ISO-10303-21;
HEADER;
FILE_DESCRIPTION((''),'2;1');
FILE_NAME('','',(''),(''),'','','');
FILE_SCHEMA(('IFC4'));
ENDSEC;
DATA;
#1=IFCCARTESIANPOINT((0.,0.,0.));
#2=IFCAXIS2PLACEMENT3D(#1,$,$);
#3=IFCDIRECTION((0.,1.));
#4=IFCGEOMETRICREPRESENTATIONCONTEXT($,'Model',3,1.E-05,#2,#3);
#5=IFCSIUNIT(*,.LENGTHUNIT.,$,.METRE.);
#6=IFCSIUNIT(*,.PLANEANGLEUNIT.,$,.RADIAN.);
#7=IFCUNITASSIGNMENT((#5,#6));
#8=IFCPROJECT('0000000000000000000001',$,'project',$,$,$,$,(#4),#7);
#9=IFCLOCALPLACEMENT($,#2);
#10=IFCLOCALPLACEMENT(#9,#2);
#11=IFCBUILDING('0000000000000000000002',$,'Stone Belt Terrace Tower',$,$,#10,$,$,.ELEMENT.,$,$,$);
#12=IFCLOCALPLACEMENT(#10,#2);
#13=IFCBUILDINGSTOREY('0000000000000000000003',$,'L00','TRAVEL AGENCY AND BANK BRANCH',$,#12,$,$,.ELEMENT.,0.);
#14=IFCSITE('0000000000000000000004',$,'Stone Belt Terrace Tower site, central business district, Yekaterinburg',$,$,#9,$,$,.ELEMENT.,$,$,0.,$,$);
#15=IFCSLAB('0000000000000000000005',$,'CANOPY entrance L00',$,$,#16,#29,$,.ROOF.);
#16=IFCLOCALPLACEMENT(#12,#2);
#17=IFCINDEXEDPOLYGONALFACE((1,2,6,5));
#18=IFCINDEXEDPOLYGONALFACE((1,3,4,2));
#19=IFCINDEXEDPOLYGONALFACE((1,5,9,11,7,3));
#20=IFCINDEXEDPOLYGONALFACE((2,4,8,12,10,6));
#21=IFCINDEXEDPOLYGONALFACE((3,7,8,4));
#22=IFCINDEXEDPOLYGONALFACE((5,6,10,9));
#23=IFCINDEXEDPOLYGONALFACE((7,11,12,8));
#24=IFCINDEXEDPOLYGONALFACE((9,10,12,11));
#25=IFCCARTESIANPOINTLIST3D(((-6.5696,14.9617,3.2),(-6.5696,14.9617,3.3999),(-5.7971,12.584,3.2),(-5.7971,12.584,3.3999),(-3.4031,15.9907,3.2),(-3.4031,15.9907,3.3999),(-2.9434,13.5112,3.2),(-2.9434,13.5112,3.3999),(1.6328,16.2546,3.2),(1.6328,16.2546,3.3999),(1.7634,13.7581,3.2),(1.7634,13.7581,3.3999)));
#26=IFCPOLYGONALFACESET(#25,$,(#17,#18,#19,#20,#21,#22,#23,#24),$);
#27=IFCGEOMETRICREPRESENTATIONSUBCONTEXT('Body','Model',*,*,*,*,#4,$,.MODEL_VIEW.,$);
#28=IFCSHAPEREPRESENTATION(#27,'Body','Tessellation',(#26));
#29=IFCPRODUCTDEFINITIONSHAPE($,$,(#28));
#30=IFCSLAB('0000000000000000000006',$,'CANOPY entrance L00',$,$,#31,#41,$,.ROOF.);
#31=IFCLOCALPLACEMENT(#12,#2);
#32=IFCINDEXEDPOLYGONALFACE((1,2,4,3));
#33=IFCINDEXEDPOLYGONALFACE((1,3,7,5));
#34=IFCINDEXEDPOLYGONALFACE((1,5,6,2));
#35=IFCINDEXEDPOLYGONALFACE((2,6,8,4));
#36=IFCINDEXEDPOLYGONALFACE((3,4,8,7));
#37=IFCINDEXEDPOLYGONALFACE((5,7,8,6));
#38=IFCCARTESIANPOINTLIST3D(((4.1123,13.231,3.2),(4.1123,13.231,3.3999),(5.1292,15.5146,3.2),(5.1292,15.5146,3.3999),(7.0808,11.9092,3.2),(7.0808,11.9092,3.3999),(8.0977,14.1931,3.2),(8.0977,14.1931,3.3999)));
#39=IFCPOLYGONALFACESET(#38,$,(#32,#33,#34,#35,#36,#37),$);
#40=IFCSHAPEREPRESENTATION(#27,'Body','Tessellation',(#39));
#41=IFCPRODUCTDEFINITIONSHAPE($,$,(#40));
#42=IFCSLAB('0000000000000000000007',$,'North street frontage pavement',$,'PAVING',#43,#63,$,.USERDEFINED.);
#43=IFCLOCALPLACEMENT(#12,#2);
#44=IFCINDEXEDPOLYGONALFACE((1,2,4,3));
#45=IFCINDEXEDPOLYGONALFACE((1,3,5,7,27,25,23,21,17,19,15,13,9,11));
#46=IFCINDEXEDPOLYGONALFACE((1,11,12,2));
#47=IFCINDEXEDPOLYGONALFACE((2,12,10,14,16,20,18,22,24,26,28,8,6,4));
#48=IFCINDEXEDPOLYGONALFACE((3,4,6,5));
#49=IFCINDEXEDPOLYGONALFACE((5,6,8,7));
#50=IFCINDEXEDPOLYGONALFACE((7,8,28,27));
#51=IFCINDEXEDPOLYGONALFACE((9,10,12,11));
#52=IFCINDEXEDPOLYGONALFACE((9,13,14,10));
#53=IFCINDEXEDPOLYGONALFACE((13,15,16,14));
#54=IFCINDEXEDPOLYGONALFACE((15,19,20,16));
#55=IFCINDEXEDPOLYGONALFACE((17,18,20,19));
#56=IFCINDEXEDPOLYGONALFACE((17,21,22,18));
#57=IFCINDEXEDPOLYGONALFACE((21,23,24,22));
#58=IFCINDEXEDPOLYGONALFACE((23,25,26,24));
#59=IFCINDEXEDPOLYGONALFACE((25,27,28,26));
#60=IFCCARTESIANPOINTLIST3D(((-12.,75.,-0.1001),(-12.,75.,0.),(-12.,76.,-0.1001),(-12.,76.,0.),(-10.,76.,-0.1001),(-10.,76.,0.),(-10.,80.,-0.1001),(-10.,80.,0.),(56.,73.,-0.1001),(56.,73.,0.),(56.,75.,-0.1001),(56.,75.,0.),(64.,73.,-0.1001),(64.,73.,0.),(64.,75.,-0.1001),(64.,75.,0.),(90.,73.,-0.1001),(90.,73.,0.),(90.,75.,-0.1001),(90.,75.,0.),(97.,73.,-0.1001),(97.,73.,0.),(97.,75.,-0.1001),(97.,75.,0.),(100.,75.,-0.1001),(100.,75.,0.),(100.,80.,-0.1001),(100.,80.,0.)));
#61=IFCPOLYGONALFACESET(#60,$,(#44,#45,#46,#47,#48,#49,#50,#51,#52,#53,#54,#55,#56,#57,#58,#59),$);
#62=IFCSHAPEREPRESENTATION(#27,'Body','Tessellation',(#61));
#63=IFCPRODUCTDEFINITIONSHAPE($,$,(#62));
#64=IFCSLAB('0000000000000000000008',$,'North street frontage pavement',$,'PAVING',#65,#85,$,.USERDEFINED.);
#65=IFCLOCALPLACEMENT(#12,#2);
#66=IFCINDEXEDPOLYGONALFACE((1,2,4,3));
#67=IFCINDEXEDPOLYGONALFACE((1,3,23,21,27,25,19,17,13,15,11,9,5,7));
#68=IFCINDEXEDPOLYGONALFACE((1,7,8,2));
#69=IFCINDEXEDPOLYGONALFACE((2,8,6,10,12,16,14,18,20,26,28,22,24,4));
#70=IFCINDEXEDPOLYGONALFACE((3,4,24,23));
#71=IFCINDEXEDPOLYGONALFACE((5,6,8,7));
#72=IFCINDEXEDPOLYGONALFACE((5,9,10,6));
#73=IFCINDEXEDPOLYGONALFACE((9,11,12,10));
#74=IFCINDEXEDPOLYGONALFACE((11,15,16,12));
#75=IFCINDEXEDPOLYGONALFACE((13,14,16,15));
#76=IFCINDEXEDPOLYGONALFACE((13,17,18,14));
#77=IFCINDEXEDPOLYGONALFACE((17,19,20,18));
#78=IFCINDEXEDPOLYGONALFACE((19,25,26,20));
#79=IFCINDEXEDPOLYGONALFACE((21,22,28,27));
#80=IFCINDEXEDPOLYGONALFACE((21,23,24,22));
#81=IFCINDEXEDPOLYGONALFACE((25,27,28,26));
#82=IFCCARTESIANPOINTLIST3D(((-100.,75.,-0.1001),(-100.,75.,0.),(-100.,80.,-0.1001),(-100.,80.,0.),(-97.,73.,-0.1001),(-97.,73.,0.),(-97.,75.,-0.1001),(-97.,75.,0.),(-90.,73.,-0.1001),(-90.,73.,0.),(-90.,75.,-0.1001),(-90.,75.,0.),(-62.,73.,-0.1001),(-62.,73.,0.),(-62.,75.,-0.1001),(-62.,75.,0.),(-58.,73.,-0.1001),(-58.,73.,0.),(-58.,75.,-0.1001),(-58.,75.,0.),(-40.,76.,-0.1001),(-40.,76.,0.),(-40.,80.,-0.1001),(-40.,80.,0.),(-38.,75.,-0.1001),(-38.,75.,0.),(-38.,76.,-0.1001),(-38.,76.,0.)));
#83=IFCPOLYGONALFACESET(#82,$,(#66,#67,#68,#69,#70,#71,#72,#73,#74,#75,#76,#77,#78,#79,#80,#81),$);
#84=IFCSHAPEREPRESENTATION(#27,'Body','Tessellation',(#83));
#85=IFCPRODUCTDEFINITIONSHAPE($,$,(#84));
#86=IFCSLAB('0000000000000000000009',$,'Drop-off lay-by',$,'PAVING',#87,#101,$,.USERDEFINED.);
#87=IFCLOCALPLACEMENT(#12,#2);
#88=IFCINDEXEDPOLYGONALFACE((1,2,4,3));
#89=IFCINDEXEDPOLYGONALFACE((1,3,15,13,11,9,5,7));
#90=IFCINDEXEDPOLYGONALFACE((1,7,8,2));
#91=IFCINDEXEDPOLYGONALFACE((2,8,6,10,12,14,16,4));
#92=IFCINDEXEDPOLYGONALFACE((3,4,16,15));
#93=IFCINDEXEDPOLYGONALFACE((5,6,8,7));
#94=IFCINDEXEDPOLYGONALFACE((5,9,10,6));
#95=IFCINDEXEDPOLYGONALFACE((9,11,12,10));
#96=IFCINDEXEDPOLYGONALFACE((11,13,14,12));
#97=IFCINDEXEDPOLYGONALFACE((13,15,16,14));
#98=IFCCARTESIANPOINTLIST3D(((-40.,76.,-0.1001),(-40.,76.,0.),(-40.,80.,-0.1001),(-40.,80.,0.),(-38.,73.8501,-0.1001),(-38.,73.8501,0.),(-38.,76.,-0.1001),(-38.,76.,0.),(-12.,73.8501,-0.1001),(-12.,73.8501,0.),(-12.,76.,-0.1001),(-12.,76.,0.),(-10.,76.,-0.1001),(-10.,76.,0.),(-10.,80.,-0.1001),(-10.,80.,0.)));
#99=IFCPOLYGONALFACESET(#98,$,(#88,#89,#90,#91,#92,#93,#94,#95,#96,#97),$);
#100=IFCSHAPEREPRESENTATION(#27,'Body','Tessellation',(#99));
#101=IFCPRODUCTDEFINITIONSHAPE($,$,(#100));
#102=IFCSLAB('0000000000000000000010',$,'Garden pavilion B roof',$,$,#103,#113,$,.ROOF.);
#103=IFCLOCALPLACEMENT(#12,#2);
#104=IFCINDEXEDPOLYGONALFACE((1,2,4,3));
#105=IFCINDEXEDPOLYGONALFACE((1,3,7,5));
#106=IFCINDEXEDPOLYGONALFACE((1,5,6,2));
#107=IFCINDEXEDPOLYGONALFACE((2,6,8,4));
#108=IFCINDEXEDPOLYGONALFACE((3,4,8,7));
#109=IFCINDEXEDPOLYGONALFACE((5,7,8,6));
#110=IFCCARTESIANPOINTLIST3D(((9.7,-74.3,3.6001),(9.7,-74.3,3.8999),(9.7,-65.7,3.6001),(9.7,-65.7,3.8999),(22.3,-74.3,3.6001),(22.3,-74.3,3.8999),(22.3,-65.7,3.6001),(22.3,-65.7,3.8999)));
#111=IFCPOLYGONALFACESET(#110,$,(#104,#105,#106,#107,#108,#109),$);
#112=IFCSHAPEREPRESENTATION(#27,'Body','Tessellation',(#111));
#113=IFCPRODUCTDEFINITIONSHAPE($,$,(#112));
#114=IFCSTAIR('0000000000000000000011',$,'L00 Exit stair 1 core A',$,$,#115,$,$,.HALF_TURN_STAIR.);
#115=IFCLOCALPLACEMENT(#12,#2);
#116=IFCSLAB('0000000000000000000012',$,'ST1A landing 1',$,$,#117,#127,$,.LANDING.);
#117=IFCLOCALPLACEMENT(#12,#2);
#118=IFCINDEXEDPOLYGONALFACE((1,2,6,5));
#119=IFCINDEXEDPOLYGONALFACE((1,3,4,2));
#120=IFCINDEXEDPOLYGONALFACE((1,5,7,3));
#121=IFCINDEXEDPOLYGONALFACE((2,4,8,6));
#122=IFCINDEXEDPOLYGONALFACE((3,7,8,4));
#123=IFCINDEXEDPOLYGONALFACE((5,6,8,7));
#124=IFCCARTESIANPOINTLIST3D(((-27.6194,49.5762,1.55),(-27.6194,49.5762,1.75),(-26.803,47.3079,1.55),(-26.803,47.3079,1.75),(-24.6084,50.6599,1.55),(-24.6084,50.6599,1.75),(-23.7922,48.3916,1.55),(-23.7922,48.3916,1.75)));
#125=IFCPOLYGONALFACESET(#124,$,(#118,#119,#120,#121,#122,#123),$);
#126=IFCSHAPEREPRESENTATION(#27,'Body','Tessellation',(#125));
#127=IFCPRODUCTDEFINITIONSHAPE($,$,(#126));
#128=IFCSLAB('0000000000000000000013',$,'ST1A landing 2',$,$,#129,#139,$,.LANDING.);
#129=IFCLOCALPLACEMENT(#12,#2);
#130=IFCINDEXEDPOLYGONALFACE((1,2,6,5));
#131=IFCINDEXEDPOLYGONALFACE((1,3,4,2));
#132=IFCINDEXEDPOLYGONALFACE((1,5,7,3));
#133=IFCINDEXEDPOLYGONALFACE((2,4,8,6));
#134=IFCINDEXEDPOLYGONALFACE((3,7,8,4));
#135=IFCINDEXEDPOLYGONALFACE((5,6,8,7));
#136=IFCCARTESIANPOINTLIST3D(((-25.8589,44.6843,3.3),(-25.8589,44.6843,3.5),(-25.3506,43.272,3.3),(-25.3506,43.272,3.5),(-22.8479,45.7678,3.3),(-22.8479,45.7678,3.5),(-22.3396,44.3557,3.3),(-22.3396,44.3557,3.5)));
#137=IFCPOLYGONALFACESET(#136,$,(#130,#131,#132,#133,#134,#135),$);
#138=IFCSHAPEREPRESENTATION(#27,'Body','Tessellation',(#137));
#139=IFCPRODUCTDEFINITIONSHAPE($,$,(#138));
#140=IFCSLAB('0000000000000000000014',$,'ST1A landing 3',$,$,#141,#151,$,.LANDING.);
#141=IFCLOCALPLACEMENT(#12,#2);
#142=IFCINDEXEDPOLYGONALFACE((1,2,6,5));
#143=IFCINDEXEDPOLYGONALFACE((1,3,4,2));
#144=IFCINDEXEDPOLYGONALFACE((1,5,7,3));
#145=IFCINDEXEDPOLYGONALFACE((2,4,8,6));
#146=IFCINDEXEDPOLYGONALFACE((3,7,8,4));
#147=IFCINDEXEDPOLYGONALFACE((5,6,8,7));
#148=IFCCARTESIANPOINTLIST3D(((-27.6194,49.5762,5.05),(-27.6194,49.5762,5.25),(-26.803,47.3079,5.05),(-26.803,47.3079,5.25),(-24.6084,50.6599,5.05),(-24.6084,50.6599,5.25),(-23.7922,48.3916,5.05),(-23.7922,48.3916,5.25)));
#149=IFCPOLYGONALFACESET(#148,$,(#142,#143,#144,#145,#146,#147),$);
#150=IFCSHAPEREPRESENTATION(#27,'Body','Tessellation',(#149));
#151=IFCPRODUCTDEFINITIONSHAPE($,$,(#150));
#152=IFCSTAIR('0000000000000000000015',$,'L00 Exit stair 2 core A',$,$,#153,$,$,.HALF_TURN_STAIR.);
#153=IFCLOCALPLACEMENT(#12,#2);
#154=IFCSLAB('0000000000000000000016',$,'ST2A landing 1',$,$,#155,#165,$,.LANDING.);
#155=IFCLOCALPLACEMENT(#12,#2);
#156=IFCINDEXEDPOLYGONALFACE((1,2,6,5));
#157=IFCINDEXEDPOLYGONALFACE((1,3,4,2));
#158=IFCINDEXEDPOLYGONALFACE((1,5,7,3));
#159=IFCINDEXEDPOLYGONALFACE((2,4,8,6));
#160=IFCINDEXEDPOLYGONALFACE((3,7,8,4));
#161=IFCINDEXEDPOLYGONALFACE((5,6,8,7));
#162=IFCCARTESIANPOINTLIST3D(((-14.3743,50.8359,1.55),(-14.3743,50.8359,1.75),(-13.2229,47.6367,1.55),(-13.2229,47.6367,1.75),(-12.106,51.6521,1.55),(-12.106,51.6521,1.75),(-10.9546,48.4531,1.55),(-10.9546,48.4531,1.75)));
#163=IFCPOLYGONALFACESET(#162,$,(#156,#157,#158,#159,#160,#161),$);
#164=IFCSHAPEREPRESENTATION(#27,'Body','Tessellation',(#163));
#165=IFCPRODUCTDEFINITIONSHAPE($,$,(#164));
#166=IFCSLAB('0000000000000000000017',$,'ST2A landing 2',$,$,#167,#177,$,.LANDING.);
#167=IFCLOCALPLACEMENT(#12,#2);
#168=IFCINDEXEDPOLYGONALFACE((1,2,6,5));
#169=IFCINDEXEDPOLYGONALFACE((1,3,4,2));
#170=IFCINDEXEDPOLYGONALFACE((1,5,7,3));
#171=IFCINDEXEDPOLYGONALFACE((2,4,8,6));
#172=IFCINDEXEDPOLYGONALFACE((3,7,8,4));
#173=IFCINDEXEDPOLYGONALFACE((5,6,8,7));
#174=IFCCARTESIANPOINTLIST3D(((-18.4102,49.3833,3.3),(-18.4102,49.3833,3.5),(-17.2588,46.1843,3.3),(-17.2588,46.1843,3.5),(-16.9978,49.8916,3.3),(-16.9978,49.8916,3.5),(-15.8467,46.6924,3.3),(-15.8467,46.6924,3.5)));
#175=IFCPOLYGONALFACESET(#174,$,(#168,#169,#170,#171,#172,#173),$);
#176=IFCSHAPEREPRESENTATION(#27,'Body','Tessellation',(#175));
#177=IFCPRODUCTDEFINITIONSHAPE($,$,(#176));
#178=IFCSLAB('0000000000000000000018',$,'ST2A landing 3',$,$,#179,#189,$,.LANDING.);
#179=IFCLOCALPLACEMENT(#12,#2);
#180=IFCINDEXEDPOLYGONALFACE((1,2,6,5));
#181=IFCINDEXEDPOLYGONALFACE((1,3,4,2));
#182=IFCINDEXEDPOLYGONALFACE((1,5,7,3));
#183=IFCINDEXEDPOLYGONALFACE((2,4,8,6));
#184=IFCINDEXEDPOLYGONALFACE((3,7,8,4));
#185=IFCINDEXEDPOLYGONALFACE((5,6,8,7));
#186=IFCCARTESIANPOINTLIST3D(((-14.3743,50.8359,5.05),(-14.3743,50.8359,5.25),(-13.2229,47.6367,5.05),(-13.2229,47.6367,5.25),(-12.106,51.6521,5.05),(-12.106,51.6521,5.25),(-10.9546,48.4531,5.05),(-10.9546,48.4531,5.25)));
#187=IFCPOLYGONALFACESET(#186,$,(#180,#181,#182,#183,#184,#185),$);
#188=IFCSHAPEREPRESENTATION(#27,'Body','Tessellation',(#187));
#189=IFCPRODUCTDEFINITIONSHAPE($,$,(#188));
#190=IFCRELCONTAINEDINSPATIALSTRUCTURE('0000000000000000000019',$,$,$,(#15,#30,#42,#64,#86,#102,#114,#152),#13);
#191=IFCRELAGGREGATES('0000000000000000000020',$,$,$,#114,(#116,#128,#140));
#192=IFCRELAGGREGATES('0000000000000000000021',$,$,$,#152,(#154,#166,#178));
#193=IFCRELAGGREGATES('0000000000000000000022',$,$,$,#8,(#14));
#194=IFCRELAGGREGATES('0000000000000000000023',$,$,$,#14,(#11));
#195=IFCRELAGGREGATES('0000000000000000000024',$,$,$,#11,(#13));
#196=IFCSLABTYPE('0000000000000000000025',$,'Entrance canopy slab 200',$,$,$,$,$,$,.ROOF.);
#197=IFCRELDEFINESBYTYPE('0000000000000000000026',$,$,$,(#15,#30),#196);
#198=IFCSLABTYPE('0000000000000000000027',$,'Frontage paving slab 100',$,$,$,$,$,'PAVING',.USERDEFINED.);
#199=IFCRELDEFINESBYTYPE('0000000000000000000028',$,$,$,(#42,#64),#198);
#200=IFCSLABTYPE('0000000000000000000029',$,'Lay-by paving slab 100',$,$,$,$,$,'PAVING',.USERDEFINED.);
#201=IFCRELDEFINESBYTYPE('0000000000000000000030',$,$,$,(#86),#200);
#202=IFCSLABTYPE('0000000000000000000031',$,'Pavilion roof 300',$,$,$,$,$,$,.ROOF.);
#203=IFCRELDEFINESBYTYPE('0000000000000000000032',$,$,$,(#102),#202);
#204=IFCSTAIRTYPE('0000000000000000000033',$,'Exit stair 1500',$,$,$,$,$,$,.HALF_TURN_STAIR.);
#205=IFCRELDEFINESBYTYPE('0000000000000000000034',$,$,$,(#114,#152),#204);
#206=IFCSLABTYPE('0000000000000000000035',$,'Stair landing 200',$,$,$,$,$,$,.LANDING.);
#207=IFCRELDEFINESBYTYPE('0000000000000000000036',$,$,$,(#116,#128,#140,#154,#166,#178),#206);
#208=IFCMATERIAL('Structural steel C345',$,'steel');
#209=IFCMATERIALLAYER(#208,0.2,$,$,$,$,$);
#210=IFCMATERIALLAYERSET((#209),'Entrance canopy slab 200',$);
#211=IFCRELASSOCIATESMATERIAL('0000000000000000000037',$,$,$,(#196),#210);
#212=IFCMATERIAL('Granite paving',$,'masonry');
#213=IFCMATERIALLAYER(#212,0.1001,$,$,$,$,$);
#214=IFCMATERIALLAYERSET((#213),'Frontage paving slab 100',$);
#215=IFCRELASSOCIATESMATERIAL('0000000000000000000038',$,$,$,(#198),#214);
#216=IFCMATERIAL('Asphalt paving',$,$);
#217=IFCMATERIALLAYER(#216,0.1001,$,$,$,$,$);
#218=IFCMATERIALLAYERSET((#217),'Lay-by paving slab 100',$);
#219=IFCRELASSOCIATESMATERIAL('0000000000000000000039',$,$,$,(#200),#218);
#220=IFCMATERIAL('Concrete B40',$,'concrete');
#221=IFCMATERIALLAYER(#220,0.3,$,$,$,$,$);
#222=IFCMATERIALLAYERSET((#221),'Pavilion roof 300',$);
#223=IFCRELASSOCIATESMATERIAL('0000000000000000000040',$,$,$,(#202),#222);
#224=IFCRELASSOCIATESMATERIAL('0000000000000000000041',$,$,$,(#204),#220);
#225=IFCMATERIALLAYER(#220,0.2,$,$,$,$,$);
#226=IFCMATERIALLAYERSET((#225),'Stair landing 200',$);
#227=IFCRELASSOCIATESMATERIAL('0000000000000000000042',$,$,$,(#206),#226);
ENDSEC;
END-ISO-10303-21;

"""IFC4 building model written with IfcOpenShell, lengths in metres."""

from ifc_helpers import new_model, si_unit, direction, frame, origin, place, context, subcontext, project, spatial, polyline, outline, extrude, material, layer, layer_set, type_object, element, aggregate, save


model = new_model("IFC4")

# Units and contexts
model_context = context("Model", 3, precision=1e-05, world=origin(), true_north=direction((0.0, 1.0)))
body_context = subcontext(model_context, "Body", "Model", "MODEL_VIEW")
ifc_project = project(units=[si_unit("LENGTHUNIT", "METRE"), si_unit("PLANEANGLEUNIT", "RADIAN")], contexts=[model_context])

# Site, building, storey
site_placement = place(None, origin())
site = spatial("IfcSite", under=ifc_project, at=site_placement, Name="Stone Belt Terrace Tower site, central business district, Yekaterinburg", CompositionType="ELEMENT", RefElevation=0.0)
building_placement = place(site_placement, origin())
building = spatial("IfcBuilding", under=site, at=building_placement, Name="Stone Belt Terrace Tower", CompositionType="ELEMENT")
storey_placement = place(building_placement, origin())
storey = spatial("IfcBuildingStorey", under=building, at=storey_placement, Name="L00", Description="TRAVEL AGENCY AND BANK BRANCH", CompositionType="ELEMENT", Elevation=0.0)

# Slabs
ifc_material_1 = material(Name="Structural steel C345", Category="steel")
ifc_layer_1 = layer(ifc_material_1, 0.2)
ifc_layer_set_1 = layer_set([ifc_layer_1], Name="Entrance canopy slab 200")
slab_type_1 = type_object("IfcSlabType", Name="Entrance canopy slab 200", PredefinedType="ROOF", material=ifc_layer_set_1)
slab_1_placement = place(storey_placement, frame((0.0, 0.0, 3.2)))
element("IfcSlab", 1, at=slab_1_placement, inside=storey, type_object=slab_type_1, Name="CANOPY entrance L00", PredefinedType="ROOF", context=body_context, shape_type="SweptSolid", body=[
    extrude(outline(polyline([(-6.5696, 14.9617), (-3.4031, 15.9907), (1.6328, 16.2546), (1.7634, 13.7581), (-2.9434, 13.5112), (-5.7971, 12.584), (-6.5696, 14.9617)])), origin(), (0.0, 0.0, 1.0), 0.2),
])
slab_2_placement = place(storey_placement, frame((0.0, 0.0, 3.2)))
element("IfcSlab", 2, at=slab_2_placement, inside=storey, type_object=slab_type_1, Name="CANOPY entrance L00", PredefinedType="ROOF", context=body_context, shape_type="SweptSolid", body=[
    extrude(outline(polyline([(5.1292, 15.5146), (8.0977, 14.1931), (7.0808, 11.9092), (4.1123, 13.231), (5.1292, 15.5146)])), origin(), (0.0, 0.0, 1.0), 0.2),
])
ifc_material_2 = material(Name="Granite paving", Category="masonry")
ifc_layer_2 = layer(ifc_material_2, 0.1001)
ifc_layer_set_2 = layer_set([ifc_layer_2], Name="Frontage paving slab 100")
slab_type_2 = type_object("IfcSlabType", Name="Frontage paving slab 100", ElementType="PAVING", PredefinedType="USERDEFINED", material=ifc_layer_set_2)
slab_3_placement = place(storey_placement, frame((0.0, 0.0, -0.1001)))
element("IfcSlab", 3, at=slab_3_placement, inside=storey, type_object=slab_type_2, Name="North street frontage pavement", ObjectType="PAVING", PredefinedType="USERDEFINED", context=body_context, shape_type="SweptSolid", body=[
    extrude(outline(polyline([(56.0, 73.0), (64.0, 73.0), (64.0, 75.0), (90.0, 75.0), (90.0, 73.0), (97.0, 73.0), (97.0, 75.0), (100.0, 75.0), (100.0, 80.0), (-10.0, 80.0), (-10.0, 76.0), (-12.0, 76.0), (-12.0, 75.0), (56.0, 75.0), (56.0, 73.0)])), origin(), (0.0, 0.0, 1.0), 0.1001),
])
slab_4_placement = place(storey_placement, frame((0.0, 0.0, -0.1001)))
element("IfcSlab", 4, at=slab_4_placement, inside=storey, type_object=slab_type_2, Name="North street frontage pavement", ObjectType="PAVING", PredefinedType="USERDEFINED", context=body_context, shape_type="SweptSolid", body=[
    extrude(outline(polyline([(-97.0, 73.0), (-90.0, 73.0), (-90.0, 75.0), (-62.0, 75.0), (-62.0, 73.0), (-58.0, 73.0), (-58.0, 75.0), (-38.0, 75.0), (-38.0, 76.0), (-40.0, 76.0), (-40.0, 80.0), (-100.0, 80.0), (-100.0, 75.0), (-97.0, 75.0), (-97.0, 73.0)])), origin(), (0.0, 0.0, 1.0), 0.1001),
])
ifc_material_3 = material(Name="Asphalt paving")
ifc_layer_3 = layer(ifc_material_3, 0.1001)
ifc_layer_set_3 = layer_set([ifc_layer_3], Name="Lay-by paving slab 100")
slab_type_3 = type_object("IfcSlabType", Name="Lay-by paving slab 100", ElementType="PAVING", PredefinedType="USERDEFINED", material=ifc_layer_set_3)
slab_5_placement = place(storey_placement, frame((0.0, 0.0, -0.1001)))
element("IfcSlab", 5, at=slab_5_placement, inside=storey, type_object=slab_type_3, Name="Drop-off lay-by", ObjectType="PAVING", PredefinedType="USERDEFINED", context=body_context, shape_type="SweptSolid", body=[
    extrude(outline(polyline([(-38.0, 73.8501), (-12.0, 73.8501), (-12.0, 76.0), (-10.0, 76.0), (-10.0, 80.0), (-40.0, 80.0), (-40.0, 76.0), (-38.0, 76.0), (-38.0, 73.8501)])), origin(), (0.0, 0.0, 1.0), 0.1001),
])
ifc_material_4 = material(Name="Concrete B40", Category="concrete")
ifc_layer_4 = layer(ifc_material_4, 0.3)
ifc_layer_set_4 = layer_set([ifc_layer_4], Name="Pavilion roof 300")
slab_type_4 = type_object("IfcSlabType", Name="Pavilion roof 300", PredefinedType="ROOF", material=ifc_layer_set_4)
slab_6_placement = place(storey_placement, frame((0.0, 0.0, 3.6001)))
element("IfcSlab", 6, at=slab_6_placement, inside=storey, type_object=slab_type_4, Name="Garden pavilion B roof", PredefinedType="ROOF", context=body_context, shape_type="SweptSolid", body=[
    extrude(outline(polyline([(9.7, -74.3), (22.3, -74.3), (22.3, -65.7), (9.7, -65.7), (9.7, -74.3)])), origin(), (0.0, 0.0, 1.0), 0.2998),
])

# Stairs, slabs
stair_type = type_object("IfcStairType", Name="Exit stair 1500", PredefinedType="HALF_TURN_STAIR", material=ifc_material_4)
stair_1_placement = place(storey_placement, origin())
stair_1 = element("IfcStair", 7, at=stair_1_placement, inside=storey, type_object=stair_type, Name="L00 Exit stair 1 core A", PredefinedType="HALF_TURN_STAIR")
ifc_layer_5 = layer(ifc_material_4, 0.2)
ifc_layer_set_5 = layer_set([ifc_layer_5], Name="Stair landing 200")
slab_type_5 = type_object("IfcSlabType", Name="Stair landing 200", PredefinedType="LANDING", material=ifc_layer_set_5)
slab_7_placement = place(storey_placement, frame((0.0, 0.0, 1.55)))
slab_7 = element("IfcSlab", 8, at=slab_7_placement, type_object=slab_type_5, Name="ST1A landing 1", PredefinedType="LANDING", context=body_context, shape_type="SweptSolid", body=[
    extrude(outline(polyline([(-23.7922, 48.3916), (-24.6084, 50.6599), (-27.6194, 49.5762), (-26.803, 47.3079), (-23.7922, 48.3916)])), origin(), (0.0, 0.0, 1.0), 0.2),
])
slab_8_placement = place(storey_placement, frame((0.0, 0.0, 3.3)))
slab_8 = element("IfcSlab", 9, at=slab_8_placement, type_object=slab_type_5, Name="ST1A landing 2", PredefinedType="LANDING", context=body_context, shape_type="SweptSolid", body=[
    extrude(outline(polyline([(-22.3396, 44.3557), (-22.8479, 45.7678), (-25.8589, 44.6843), (-25.3506, 43.272), (-22.3396, 44.3557)])), origin(), (0.0, 0.0, 1.0), 0.2),
])
slab_9_placement = place(storey_placement, frame((0.0, 0.0, 5.05)))
slab_9 = element("IfcSlab", 10, at=slab_9_placement, type_object=slab_type_5, Name="ST1A landing 3", PredefinedType="LANDING", context=body_context, shape_type="SweptSolid", body=[
    extrude(outline(polyline([(-23.7922, 48.3916), (-24.6084, 50.6599), (-27.6194, 49.5762), (-26.803, 47.3079), (-23.7922, 48.3916)])), origin(), (0.0, 0.0, 1.0), 0.2),
])
aggregate(stair_1, [slab_7, slab_8, slab_9])
stair_2_placement = place(storey_placement, origin())
stair_2 = element("IfcStair", 11, at=stair_2_placement, inside=storey, type_object=stair_type, Name="L00 Exit stair 2 core A", PredefinedType="HALF_TURN_STAIR")
slab_10_placement = place(storey_placement, frame((0.0, 0.0, 1.55)))
slab_10 = element("IfcSlab", 12, at=slab_10_placement, type_object=slab_type_5, Name="ST2A landing 1", PredefinedType="LANDING", context=body_context, shape_type="SweptSolid", body=[
    extrude(outline(polyline([(-13.2229, 47.6367), (-10.9546, 48.4531), (-12.106, 51.6521), (-14.3743, 50.8359), (-13.2229, 47.6367)])), origin(), (0.0, 0.0, 1.0), 0.2),
])
slab_11_placement = place(storey_placement, frame((0.0, 0.0, 3.3)))
slab_11 = element("IfcSlab", 13, at=slab_11_placement, type_object=slab_type_5, Name="ST2A landing 2", PredefinedType="LANDING", context=body_context, shape_type="SweptSolid", body=[
    extrude(outline(polyline([(-17.2588, 46.1843), (-15.8467, 46.6924), (-16.9978, 49.8916), (-18.4102, 49.3833), (-17.2588, 46.1843)])), origin(), (0.0, 0.0, 1.0), 0.2),
])
slab_12_placement = place(storey_placement, frame((0.0, 0.0, 5.05)))
slab_12 = element("IfcSlab", 14, at=slab_12_placement, type_object=slab_type_5, Name="ST2A landing 3", PredefinedType="LANDING", context=body_context, shape_type="SweptSolid", body=[
    extrude(outline(polyline([(-13.2229, 47.6367), (-10.9546, 48.4531), (-12.106, 51.6521), (-14.3743, 50.8359), (-13.2229, 47.6367)])), origin(), (0.0, 0.0, 1.0), 0.2),
])
aggregate(stair_2, [slab_10, slab_11, slab_12])

save(model, "model.ifc")
